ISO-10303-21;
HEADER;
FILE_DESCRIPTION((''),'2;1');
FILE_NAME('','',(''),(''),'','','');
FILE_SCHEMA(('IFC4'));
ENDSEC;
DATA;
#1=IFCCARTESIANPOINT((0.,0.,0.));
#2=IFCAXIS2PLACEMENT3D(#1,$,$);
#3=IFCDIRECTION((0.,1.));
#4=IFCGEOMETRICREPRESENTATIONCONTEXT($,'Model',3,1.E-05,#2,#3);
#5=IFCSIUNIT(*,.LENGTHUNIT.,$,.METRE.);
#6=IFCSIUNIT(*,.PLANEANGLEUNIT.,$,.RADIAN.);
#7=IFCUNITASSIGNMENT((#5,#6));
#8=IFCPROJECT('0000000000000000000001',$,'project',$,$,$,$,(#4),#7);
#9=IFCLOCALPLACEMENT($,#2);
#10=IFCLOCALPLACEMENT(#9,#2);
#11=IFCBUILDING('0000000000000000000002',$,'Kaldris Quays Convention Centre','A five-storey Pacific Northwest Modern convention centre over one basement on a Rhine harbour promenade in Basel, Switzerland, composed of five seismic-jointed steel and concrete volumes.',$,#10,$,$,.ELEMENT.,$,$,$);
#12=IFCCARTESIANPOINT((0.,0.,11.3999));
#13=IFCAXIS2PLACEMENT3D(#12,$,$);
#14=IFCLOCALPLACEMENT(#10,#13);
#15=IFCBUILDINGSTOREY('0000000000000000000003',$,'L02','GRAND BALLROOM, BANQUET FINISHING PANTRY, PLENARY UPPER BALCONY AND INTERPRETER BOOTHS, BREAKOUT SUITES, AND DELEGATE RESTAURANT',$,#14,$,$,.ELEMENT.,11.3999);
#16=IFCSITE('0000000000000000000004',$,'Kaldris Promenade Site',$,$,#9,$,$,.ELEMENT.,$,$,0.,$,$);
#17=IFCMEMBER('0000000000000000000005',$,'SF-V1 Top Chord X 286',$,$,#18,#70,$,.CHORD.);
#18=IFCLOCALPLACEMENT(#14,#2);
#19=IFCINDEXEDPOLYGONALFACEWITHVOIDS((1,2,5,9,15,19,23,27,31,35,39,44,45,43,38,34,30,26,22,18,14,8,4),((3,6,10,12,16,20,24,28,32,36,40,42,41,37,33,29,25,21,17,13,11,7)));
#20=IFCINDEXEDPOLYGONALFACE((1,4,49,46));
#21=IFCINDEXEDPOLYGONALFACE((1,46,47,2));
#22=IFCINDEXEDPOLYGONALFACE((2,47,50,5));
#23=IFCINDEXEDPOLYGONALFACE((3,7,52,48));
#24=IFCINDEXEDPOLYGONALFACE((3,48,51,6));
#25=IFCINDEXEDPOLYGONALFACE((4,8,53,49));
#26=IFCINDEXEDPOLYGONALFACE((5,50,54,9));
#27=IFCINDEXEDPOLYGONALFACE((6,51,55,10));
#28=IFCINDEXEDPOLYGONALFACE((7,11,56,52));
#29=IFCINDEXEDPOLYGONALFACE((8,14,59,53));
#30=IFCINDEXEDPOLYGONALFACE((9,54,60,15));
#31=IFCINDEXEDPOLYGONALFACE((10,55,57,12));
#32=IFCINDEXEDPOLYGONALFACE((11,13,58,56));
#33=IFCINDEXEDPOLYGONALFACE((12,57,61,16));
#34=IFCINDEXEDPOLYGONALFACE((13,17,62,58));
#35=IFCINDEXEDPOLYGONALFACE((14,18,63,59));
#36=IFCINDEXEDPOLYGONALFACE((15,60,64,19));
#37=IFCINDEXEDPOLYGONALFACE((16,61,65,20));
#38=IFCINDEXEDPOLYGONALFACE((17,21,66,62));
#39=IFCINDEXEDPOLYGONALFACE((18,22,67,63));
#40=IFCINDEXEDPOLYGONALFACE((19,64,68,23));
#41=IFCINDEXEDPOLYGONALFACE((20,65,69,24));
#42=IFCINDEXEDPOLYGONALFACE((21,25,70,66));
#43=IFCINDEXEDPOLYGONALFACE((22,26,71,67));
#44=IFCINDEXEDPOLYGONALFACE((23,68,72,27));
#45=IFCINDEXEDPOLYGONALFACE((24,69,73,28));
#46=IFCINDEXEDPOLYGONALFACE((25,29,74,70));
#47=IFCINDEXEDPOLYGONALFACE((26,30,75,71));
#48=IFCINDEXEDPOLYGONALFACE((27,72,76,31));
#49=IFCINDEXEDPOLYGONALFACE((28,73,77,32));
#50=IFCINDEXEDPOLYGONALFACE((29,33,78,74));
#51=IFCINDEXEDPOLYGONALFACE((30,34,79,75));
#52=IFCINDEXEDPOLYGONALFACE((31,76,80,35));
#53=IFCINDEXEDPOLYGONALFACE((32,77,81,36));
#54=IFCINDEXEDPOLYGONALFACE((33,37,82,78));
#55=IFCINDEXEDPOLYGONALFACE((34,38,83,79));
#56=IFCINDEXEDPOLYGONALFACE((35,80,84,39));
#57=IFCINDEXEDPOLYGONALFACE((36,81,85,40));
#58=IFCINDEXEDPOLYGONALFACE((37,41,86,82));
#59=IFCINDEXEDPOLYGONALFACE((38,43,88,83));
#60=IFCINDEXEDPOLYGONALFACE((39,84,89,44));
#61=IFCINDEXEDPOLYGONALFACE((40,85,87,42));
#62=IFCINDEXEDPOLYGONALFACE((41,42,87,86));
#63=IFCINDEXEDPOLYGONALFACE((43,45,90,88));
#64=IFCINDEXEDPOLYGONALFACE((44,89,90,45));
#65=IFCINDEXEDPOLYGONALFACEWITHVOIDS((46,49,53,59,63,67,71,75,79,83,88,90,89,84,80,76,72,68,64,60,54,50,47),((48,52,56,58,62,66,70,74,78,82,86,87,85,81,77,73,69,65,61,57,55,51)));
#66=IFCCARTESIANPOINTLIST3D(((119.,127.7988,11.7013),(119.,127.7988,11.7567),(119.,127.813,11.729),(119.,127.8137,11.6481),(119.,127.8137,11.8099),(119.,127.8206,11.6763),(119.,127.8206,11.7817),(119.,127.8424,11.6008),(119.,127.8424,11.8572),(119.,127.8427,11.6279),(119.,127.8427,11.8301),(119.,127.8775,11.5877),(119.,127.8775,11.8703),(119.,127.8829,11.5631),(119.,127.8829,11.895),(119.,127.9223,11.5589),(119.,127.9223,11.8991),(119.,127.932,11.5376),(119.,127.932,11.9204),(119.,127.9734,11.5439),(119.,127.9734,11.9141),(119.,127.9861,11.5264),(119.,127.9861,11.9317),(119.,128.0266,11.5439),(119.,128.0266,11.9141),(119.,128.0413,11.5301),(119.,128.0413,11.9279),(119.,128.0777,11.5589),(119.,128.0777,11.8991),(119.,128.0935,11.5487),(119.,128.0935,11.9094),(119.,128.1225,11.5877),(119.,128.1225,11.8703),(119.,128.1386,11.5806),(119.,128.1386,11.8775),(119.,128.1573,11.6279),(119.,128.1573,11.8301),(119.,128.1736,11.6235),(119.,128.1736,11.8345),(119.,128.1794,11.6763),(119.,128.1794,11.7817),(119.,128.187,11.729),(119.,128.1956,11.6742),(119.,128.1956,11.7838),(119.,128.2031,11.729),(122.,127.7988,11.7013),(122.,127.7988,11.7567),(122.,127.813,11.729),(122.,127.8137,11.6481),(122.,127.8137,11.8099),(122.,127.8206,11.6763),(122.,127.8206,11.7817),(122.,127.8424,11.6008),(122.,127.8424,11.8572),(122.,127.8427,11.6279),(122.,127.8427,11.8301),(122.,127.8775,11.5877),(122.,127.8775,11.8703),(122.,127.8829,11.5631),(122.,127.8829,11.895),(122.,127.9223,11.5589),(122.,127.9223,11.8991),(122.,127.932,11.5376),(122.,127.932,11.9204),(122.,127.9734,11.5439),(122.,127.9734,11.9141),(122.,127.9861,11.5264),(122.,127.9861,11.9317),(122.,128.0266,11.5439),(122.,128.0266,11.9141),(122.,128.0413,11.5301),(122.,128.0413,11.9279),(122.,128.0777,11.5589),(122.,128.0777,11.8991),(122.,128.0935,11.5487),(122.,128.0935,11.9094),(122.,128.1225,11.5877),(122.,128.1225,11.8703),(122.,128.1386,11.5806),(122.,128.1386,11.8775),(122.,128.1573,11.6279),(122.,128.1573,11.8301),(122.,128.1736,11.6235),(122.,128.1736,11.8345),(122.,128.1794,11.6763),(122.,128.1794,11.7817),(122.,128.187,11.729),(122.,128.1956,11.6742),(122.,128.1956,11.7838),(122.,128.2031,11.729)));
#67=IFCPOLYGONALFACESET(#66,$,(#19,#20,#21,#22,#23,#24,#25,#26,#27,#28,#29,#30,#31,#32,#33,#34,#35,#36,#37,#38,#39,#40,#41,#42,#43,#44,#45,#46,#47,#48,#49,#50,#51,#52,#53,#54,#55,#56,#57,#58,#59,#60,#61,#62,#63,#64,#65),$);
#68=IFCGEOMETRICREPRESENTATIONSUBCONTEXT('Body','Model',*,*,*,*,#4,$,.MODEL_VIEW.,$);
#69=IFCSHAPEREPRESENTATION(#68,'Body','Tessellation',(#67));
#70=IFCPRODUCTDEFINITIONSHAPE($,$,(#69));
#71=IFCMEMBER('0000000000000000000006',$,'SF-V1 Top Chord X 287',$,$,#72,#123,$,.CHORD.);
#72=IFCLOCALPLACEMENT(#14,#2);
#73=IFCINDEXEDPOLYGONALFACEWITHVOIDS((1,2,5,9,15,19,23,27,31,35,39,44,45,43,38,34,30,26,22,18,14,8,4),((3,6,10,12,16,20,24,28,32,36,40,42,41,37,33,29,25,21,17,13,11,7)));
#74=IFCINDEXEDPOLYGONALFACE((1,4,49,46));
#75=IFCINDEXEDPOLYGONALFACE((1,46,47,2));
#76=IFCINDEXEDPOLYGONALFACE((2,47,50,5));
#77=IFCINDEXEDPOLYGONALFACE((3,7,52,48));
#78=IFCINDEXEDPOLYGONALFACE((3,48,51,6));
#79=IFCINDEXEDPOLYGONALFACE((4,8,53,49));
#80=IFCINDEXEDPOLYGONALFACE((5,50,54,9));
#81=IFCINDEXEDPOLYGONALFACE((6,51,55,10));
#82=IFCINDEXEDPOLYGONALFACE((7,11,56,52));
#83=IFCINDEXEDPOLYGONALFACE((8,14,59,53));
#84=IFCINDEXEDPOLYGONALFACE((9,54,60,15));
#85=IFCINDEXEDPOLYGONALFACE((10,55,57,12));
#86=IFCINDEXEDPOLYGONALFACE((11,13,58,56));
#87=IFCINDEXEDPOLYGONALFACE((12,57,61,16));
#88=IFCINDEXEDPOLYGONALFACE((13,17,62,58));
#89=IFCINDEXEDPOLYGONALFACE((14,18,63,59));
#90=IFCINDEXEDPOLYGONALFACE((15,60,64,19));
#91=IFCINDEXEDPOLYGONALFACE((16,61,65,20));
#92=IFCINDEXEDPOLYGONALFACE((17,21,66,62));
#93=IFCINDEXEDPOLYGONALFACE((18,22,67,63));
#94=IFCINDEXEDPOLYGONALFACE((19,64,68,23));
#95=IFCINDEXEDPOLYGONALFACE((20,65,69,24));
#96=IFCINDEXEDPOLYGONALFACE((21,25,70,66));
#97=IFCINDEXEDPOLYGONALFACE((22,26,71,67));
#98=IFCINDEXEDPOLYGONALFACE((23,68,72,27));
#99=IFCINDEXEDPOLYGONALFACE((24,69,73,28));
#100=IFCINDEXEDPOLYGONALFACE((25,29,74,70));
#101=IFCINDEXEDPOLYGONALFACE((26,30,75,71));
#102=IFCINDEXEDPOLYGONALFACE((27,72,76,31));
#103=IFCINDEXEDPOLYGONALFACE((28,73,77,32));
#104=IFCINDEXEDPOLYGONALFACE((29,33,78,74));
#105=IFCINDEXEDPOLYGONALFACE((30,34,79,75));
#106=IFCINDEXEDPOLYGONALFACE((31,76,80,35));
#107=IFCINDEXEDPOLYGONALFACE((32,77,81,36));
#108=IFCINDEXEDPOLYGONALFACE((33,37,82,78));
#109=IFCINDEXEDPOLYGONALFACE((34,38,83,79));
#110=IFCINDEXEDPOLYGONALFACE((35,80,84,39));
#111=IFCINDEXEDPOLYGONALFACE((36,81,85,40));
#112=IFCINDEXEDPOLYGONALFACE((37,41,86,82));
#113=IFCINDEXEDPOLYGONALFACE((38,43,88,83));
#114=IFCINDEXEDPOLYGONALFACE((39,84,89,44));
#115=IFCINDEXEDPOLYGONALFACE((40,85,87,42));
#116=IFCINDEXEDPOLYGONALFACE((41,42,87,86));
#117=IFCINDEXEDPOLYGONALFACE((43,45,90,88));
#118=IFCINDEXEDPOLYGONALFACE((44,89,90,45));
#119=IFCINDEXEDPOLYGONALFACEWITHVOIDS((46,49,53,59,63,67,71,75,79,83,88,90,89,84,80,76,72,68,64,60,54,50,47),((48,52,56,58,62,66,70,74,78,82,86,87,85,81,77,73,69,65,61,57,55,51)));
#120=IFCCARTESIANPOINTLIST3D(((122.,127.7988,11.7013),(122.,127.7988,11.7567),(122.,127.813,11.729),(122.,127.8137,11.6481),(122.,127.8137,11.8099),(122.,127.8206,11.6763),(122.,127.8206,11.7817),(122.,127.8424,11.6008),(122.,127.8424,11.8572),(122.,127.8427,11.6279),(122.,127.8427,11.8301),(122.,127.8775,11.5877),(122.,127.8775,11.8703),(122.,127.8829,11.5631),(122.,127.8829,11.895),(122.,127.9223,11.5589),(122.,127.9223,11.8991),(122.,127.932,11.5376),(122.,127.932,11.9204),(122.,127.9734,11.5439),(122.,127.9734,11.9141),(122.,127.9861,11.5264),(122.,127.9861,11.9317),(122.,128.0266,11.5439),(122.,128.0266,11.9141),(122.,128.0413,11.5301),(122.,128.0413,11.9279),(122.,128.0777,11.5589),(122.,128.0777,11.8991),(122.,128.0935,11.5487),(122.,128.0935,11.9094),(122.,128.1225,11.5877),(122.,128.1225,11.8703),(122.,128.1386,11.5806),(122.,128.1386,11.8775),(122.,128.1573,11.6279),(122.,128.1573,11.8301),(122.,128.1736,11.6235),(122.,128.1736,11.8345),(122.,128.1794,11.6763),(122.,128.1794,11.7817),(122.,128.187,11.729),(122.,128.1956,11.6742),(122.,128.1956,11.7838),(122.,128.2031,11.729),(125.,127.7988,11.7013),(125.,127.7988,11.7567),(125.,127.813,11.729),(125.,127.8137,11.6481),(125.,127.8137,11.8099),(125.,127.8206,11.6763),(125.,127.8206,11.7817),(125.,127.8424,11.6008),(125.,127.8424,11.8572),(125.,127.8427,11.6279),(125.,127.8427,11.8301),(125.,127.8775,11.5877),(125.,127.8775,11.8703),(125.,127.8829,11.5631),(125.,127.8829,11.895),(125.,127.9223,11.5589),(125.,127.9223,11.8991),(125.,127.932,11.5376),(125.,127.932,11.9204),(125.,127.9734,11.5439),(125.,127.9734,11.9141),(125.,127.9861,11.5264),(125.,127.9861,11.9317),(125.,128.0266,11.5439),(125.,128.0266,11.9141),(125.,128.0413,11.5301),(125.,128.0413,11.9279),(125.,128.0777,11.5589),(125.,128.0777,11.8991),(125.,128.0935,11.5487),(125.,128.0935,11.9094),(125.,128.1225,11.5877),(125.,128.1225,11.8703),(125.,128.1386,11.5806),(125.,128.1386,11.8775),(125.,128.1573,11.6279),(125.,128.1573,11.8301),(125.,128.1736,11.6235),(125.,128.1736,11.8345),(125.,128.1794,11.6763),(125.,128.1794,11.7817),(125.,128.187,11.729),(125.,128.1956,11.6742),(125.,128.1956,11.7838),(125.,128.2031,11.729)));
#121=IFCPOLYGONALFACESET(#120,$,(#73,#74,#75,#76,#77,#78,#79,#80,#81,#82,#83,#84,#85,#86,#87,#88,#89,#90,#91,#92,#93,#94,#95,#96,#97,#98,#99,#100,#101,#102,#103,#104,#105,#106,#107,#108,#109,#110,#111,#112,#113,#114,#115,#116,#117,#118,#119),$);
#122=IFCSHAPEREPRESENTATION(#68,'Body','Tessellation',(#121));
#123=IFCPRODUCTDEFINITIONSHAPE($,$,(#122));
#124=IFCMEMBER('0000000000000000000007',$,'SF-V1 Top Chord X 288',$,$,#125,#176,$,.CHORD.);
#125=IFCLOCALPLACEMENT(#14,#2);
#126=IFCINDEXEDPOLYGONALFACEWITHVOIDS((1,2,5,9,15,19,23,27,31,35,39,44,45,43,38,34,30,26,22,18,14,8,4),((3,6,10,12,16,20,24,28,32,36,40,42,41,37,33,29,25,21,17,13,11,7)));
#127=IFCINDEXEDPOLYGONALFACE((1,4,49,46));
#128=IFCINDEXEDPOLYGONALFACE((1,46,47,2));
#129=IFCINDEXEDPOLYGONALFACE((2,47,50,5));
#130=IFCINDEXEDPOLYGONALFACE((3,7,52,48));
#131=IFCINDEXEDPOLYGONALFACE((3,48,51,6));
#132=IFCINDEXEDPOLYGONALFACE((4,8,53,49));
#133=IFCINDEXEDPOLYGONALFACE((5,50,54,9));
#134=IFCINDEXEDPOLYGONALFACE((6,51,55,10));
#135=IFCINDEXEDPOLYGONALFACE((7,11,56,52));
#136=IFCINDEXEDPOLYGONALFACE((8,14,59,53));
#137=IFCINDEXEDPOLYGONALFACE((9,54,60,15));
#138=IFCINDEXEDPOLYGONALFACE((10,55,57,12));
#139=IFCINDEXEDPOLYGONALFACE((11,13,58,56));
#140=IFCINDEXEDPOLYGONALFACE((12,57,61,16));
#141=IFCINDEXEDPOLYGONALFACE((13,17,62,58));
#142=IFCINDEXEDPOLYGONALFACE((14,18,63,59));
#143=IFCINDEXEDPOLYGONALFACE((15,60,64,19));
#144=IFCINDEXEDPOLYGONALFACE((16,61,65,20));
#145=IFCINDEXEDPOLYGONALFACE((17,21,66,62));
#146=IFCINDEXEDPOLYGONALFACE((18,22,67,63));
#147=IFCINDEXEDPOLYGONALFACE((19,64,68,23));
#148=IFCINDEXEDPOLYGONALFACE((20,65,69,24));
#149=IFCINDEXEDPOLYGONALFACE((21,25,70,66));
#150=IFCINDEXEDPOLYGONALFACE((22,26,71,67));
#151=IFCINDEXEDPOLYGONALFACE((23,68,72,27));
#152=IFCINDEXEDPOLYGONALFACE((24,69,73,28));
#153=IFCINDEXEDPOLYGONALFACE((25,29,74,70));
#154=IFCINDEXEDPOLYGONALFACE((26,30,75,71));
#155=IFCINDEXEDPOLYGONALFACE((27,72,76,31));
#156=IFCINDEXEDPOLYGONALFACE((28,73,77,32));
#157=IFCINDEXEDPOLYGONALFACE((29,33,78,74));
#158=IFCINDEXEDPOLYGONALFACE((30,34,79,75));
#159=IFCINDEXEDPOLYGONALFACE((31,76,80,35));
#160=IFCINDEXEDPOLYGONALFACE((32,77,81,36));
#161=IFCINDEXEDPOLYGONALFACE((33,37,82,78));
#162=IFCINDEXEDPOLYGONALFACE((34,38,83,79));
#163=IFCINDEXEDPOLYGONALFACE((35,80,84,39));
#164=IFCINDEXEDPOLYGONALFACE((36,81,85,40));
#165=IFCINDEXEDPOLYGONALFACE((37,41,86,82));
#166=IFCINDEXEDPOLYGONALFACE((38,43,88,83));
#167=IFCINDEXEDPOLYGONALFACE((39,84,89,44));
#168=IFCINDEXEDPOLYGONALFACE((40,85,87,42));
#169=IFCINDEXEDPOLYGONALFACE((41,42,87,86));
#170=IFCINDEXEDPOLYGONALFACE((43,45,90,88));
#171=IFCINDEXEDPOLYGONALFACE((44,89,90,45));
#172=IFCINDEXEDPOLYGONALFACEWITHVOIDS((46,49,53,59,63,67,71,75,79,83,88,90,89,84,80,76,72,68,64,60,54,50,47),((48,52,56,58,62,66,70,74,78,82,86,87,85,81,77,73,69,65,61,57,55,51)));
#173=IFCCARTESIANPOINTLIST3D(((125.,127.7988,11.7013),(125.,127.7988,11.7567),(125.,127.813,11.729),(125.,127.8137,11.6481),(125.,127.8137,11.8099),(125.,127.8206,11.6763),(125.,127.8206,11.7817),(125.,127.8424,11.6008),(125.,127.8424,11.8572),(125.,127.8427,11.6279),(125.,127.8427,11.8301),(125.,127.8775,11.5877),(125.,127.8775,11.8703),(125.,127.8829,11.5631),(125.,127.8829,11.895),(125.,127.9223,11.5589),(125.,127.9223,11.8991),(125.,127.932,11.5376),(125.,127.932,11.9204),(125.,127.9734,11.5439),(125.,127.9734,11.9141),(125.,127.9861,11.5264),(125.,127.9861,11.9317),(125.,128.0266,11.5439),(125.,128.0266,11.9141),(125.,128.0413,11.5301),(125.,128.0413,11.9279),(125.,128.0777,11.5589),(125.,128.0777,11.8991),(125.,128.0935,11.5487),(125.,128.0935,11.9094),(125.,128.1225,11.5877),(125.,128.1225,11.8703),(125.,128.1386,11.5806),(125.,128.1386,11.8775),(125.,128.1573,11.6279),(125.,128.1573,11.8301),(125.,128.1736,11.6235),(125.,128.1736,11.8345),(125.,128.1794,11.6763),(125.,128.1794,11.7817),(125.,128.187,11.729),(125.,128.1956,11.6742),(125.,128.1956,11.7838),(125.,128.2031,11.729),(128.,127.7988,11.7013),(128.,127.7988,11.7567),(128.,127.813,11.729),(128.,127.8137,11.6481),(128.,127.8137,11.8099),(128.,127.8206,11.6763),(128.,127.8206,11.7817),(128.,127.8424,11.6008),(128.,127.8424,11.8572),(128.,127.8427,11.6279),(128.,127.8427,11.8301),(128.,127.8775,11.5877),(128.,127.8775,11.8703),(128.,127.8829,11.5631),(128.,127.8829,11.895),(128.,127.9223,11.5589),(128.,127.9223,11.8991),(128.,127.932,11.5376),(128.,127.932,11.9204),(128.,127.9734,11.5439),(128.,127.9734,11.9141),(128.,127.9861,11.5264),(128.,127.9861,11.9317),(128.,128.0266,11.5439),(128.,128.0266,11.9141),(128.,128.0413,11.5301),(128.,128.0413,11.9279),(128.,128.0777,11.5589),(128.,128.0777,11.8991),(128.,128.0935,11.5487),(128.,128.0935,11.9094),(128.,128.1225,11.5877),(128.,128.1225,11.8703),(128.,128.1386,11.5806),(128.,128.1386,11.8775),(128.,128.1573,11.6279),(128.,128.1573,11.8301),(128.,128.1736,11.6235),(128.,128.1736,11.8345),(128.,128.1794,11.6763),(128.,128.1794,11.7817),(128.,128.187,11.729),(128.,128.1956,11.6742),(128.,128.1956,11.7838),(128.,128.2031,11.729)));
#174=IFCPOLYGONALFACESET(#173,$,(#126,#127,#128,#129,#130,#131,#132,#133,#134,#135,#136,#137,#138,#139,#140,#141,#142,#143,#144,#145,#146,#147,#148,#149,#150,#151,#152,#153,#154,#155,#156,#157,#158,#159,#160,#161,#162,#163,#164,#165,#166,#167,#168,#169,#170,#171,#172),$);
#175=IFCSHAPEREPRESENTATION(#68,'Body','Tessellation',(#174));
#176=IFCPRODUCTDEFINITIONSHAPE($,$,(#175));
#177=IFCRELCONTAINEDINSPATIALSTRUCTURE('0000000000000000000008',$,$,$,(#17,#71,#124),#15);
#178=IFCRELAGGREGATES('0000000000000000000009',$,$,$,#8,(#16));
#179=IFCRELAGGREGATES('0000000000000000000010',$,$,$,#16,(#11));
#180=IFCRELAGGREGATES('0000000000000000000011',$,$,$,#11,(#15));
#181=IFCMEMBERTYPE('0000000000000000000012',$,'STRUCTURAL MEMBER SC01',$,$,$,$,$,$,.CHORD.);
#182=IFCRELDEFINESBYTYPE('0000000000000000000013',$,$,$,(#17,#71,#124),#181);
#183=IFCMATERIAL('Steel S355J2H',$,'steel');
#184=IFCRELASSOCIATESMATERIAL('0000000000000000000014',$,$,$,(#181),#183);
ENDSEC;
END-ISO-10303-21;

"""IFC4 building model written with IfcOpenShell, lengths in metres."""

from ifc_helpers import new_model, si_unit, direction, frame, origin, origin_2d, place, context, subcontext, project, spatial, hollow_circle, extrude, material, material_profile, profile_set, type_object, element, save


model = new_model("IFC4")

# Units and contexts
model_context = context("Model", 3, precision=1e-05, world=origin(), true_north=direction((0.0, 1.0)))
body_context = subcontext(model_context, "Body", "Model", "MODEL_VIEW")
ifc_project = project(units=[si_unit("LENGTHUNIT", "METRE"), si_unit("PLANEANGLEUNIT", "RADIAN")], contexts=[model_context])

# Site, building, storey
site_placement = place(None, origin())
site = spatial("IfcSite", under=ifc_project, at=site_placement, Name="Kaldris Promenade Site", CompositionType="ELEMENT", RefElevation=0.0)
building_placement = place(site_placement, origin())
building = spatial("IfcBuilding", under=site, at=building_placement, Name="Kaldris Quays Convention Centre", Description="A five-storey Pacific Northwest Modern convention centre over one basement on a Rhine harbour promenade in Basel, Switzerland, composed of five seismic-jointed steel and concrete volumes.", CompositionType="ELEMENT")
storey_placement = place(building_placement, frame((0.0, 0.0, 11.3999)))
storey = spatial("IfcBuildingStorey", under=building, at=storey_placement, Name="L02", Description="GRAND BALLROOM, BANQUET FINISHING PANTRY, PLENARY UPPER BALCONY AND INTERPRETER BOOTHS, BREAKOUT SUITES, AND DELEGATE RESTAURANT", CompositionType="ELEMENT", Elevation=11.3999)

# Members
ifc_material_1 = material(Name="Steel S355J2H", Category="steel")
ifc_material_profile_1 = material_profile(ifc_material_1, hollow_circle(Radius=0.2031, WallThickness=0.0161, at=origin_2d()), Name="CHS 406.4x16")
ifc_profile_set_1 = profile_set([ifc_material_profile_1], Name="Steel S355J2H")
member_type_1 = type_object("IfcMemberType", Name="STRUCTURAL MEMBER SC01", PredefinedType="CHORD", material=ifc_profile_set_1)
for number, where, z_axis, x_axis, name in (
    (1, (119.0, 128.0, 11.729), (1.0, 0.0, 0.0), (0.0, 1.0, 0.0), "SF-V1 Top Chord X 286"),
    (2, (122.0, 128.0, 11.729), (1.0, 0.0, 0.0), (0.0, 1.0, 0.0), "SF-V1 Top Chord X 287"),
    (3, (125.0, 128.0, 11.729), (1.0, 0.0, 0.0), (0.0, 1.0, 0.0), "SF-V1 Top Chord X 288"),
):
    element("IfcMember", number, at=place(storey_placement, frame(where, z_axis=z_axis, x_axis=x_axis)), inside=storey, type_object=member_type_1, Name=name, PredefinedType="CHORD", context=body_context, shape_type="SweptSolid", body=[
        extrude(hollow_circle(Radius=0.2031, WallThickness=0.0161, at=origin_2d()), origin(), (0.0, 0.0, 1.0), 3.0),
    ])

save(model, "model.ifc")
